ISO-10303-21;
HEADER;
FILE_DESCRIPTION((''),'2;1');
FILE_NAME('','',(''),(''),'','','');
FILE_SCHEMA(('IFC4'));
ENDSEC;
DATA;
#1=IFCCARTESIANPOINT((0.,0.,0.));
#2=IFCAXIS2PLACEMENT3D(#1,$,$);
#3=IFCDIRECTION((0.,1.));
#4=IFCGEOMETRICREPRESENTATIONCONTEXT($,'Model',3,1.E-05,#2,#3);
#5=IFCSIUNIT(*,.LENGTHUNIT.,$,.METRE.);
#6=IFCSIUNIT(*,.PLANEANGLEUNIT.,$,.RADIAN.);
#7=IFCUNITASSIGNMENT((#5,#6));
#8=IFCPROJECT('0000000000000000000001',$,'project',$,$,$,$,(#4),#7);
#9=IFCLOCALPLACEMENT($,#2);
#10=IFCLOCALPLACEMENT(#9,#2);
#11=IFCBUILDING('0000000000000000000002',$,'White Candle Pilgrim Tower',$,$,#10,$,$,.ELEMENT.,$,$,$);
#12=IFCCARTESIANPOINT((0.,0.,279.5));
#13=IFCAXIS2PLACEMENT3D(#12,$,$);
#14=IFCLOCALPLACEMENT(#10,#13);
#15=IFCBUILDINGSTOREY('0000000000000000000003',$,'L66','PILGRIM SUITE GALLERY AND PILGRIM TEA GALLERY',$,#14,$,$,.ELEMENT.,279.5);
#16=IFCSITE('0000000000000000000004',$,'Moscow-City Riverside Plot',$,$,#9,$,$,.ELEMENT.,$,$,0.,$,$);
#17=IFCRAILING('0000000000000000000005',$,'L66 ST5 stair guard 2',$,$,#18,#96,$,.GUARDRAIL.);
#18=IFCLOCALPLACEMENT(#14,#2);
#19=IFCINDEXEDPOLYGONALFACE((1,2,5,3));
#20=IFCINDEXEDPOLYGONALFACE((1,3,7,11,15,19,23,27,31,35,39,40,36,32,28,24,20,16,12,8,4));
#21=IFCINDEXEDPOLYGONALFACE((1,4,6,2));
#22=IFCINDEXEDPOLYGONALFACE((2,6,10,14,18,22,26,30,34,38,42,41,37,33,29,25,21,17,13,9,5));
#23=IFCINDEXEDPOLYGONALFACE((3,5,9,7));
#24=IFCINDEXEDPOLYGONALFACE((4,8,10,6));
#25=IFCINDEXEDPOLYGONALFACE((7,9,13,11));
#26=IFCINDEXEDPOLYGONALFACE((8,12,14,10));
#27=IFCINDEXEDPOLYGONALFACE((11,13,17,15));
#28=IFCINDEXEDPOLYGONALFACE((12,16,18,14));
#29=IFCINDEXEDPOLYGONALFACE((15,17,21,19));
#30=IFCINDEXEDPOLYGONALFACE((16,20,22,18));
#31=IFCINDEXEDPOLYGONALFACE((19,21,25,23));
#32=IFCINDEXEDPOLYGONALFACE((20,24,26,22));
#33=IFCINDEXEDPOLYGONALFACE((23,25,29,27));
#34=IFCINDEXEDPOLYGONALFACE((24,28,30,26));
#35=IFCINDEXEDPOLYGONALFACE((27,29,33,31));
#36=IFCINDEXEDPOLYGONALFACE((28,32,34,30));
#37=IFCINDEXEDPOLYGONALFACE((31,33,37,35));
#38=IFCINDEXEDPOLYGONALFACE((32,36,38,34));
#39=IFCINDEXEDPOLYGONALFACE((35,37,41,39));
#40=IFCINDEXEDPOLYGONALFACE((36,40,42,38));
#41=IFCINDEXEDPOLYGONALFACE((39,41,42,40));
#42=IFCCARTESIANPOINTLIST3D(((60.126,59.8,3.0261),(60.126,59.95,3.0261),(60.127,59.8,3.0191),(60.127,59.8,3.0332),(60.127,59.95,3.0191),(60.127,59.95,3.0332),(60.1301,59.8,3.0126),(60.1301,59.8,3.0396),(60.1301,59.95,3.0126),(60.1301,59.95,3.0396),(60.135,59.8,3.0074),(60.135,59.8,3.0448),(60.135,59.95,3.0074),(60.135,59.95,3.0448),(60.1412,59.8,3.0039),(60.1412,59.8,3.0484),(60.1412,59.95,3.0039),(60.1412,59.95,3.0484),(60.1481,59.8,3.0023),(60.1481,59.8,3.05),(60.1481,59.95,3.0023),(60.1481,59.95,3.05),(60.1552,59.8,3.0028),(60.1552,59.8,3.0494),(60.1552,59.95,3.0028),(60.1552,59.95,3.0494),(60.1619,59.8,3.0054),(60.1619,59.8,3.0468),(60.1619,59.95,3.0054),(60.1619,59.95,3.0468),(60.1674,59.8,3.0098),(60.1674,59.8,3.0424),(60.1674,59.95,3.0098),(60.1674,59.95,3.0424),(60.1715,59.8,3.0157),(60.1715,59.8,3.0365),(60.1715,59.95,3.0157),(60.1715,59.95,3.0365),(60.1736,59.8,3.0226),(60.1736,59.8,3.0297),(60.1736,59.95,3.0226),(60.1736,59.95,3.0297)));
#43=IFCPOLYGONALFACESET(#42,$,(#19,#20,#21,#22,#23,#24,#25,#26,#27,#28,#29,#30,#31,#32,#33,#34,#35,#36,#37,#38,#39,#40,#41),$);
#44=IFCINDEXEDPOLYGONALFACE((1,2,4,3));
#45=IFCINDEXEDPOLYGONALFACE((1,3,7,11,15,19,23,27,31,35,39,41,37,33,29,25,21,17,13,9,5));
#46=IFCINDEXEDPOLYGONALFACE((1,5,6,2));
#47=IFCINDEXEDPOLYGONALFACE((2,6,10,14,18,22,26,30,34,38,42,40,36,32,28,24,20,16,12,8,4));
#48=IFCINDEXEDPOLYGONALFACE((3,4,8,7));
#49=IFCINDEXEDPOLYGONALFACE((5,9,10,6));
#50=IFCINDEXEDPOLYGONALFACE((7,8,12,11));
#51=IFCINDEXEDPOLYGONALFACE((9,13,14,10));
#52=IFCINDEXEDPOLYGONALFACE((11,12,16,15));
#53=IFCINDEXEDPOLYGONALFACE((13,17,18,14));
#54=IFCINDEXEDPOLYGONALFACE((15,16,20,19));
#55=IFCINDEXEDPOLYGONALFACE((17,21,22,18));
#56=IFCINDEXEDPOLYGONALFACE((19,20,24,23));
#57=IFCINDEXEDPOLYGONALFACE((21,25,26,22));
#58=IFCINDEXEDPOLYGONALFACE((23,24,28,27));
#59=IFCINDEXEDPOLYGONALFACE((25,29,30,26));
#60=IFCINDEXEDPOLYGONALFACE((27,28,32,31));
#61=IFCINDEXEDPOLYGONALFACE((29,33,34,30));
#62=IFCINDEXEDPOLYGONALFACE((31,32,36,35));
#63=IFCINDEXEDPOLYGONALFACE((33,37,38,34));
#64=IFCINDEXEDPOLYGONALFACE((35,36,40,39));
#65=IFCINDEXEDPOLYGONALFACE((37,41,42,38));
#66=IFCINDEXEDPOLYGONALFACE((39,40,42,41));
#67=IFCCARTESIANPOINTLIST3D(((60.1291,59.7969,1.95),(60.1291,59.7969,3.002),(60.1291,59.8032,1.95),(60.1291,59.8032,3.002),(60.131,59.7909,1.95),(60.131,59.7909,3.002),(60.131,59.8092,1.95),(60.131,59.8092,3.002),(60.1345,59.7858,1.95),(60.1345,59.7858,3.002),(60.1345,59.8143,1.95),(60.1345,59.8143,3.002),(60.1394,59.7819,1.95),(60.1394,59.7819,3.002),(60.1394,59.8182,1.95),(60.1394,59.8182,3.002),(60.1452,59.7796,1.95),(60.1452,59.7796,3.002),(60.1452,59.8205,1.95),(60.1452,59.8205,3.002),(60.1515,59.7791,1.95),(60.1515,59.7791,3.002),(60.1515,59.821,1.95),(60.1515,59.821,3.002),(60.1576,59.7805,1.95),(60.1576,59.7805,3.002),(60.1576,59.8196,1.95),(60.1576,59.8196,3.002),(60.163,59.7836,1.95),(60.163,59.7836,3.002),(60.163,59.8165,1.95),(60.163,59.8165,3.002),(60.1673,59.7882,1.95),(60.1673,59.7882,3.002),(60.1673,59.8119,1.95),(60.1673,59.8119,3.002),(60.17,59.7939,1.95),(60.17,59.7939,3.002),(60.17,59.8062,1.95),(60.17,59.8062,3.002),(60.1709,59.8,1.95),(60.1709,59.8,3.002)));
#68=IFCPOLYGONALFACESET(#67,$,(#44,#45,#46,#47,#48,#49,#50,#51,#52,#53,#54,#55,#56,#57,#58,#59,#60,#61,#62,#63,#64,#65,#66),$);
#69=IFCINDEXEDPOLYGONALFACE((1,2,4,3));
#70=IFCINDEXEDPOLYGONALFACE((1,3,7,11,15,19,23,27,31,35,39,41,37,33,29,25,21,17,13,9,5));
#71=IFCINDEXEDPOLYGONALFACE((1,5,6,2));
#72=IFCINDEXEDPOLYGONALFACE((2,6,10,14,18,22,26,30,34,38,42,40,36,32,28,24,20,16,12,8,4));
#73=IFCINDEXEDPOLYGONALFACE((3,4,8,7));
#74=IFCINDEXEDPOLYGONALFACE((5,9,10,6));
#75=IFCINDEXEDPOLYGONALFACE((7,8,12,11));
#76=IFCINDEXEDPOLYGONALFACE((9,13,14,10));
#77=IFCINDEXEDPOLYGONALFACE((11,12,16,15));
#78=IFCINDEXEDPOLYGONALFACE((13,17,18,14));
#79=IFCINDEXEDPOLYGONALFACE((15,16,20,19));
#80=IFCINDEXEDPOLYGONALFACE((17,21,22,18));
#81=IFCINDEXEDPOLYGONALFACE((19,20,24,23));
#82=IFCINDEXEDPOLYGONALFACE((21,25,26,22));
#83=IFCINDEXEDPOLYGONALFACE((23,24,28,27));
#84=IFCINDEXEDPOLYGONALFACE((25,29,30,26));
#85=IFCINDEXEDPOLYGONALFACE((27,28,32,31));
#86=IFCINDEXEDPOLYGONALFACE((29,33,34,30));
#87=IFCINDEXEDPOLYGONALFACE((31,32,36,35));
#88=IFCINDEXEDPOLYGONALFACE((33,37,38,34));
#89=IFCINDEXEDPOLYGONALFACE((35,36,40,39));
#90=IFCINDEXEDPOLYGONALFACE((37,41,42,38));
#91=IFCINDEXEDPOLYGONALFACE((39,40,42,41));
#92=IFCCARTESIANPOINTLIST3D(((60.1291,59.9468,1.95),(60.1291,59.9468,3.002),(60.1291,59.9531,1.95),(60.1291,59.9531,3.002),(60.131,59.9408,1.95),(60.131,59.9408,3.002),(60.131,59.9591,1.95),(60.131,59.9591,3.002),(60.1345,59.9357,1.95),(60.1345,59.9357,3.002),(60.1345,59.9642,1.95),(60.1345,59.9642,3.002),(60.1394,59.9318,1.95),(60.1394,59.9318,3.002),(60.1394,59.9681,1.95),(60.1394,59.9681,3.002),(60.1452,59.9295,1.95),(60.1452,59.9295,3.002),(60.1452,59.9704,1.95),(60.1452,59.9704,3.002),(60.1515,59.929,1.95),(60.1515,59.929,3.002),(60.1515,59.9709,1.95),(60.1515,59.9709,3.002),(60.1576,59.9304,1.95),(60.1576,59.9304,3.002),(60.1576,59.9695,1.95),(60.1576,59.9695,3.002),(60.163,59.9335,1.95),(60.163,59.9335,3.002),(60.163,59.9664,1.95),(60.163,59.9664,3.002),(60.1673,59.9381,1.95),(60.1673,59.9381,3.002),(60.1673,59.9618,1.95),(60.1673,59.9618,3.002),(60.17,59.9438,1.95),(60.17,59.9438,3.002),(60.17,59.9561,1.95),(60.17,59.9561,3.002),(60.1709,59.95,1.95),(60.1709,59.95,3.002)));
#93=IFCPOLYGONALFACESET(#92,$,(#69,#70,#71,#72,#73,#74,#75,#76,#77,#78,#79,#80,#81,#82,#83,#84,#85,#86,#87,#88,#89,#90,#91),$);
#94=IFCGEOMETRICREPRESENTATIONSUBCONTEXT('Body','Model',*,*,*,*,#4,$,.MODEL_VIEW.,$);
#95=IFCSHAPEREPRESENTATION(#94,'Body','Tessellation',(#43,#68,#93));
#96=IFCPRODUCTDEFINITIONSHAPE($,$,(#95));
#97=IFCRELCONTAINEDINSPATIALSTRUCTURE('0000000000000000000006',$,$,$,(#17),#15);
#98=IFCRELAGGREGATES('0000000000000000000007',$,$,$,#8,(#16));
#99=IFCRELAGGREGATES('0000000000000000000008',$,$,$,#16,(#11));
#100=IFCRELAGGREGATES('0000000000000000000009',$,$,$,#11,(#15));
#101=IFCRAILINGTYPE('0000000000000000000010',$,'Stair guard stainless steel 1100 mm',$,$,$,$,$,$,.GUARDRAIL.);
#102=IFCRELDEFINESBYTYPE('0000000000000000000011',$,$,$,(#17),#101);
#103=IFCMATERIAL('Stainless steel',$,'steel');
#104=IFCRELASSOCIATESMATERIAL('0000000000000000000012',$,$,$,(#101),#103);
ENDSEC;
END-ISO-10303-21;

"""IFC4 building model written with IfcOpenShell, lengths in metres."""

from ifc_helpers import new_model, si_unit, direction, frame, origin, origin_2d, place, context, subcontext, project, spatial, circle, extrude, material, type_object, element, save


model = new_model("IFC4")

# Units and contexts
model_context = context("Model", 3, precision=1e-05, world=origin(), true_north=direction((0.0, 1.0)))
body_context = subcontext(model_context, "Body", "Model", "MODEL_VIEW")
ifc_project = project(units=[si_unit("LENGTHUNIT", "METRE"), si_unit("PLANEANGLEUNIT", "RADIAN")], contexts=[model_context])

# Site, building, storey
site_placement = place(None, origin())
site = spatial("IfcSite", under=ifc_project, at=site_placement, Name="Moscow-City Riverside Plot", CompositionType="ELEMENT", RefElevation=0.0)
building_placement = place(site_placement, origin())
building = spatial("IfcBuilding", under=site, at=building_placement, Name="White Candle Pilgrim Tower", CompositionType="ELEMENT")
storey_placement = place(building_placement, frame((0.0, 0.0, 279.5)))
storey = spatial("IfcBuildingStorey", under=building, at=storey_placement, Name="L66", Description="PILGRIM SUITE GALLERY AND PILGRIM TEA GALLERY", CompositionType="ELEMENT", Elevation=279.5)

# Railing
ifc_material_1 = material(Name="Stainless steel", Category="steel")
railing_type_1 = type_object("IfcRailingType", Name="Stair guard stainless steel 1100 mm", PredefinedType="GUARDRAIL", material=ifc_material_1)
railing_1_placement = place(storey_placement, frame((60.1499, 59.8, 1.95)))
element("IfcRailing", 1, at=railing_1_placement, inside=storey, type_object=railing_type_1, Name="L66 ST5 stair guard 2", PredefinedType="GUARDRAIL", context=body_context, shape_type="SweptSolid", body=[
    extrude(circle(Radius=0.0239, at=origin_2d()), frame((0.0, 0.0, 1.0762), z_axis=(0.0, 1.0, 0.0), x_axis=(-1.0, 0.0, 0.0)), (0.0, 0.0, 1.0), 0.1499),
    extrude(circle(Radius=0.021, at=origin_2d()), origin(), (0.0, 0.0, 1.0), 1.052),
    extrude(circle(Radius=0.021, at=origin_2d()), frame((0.0, 0.1499, 0.0)), (0.0, 0.0, 1.0), 1.052),
])

save(model, "model.ifc")
